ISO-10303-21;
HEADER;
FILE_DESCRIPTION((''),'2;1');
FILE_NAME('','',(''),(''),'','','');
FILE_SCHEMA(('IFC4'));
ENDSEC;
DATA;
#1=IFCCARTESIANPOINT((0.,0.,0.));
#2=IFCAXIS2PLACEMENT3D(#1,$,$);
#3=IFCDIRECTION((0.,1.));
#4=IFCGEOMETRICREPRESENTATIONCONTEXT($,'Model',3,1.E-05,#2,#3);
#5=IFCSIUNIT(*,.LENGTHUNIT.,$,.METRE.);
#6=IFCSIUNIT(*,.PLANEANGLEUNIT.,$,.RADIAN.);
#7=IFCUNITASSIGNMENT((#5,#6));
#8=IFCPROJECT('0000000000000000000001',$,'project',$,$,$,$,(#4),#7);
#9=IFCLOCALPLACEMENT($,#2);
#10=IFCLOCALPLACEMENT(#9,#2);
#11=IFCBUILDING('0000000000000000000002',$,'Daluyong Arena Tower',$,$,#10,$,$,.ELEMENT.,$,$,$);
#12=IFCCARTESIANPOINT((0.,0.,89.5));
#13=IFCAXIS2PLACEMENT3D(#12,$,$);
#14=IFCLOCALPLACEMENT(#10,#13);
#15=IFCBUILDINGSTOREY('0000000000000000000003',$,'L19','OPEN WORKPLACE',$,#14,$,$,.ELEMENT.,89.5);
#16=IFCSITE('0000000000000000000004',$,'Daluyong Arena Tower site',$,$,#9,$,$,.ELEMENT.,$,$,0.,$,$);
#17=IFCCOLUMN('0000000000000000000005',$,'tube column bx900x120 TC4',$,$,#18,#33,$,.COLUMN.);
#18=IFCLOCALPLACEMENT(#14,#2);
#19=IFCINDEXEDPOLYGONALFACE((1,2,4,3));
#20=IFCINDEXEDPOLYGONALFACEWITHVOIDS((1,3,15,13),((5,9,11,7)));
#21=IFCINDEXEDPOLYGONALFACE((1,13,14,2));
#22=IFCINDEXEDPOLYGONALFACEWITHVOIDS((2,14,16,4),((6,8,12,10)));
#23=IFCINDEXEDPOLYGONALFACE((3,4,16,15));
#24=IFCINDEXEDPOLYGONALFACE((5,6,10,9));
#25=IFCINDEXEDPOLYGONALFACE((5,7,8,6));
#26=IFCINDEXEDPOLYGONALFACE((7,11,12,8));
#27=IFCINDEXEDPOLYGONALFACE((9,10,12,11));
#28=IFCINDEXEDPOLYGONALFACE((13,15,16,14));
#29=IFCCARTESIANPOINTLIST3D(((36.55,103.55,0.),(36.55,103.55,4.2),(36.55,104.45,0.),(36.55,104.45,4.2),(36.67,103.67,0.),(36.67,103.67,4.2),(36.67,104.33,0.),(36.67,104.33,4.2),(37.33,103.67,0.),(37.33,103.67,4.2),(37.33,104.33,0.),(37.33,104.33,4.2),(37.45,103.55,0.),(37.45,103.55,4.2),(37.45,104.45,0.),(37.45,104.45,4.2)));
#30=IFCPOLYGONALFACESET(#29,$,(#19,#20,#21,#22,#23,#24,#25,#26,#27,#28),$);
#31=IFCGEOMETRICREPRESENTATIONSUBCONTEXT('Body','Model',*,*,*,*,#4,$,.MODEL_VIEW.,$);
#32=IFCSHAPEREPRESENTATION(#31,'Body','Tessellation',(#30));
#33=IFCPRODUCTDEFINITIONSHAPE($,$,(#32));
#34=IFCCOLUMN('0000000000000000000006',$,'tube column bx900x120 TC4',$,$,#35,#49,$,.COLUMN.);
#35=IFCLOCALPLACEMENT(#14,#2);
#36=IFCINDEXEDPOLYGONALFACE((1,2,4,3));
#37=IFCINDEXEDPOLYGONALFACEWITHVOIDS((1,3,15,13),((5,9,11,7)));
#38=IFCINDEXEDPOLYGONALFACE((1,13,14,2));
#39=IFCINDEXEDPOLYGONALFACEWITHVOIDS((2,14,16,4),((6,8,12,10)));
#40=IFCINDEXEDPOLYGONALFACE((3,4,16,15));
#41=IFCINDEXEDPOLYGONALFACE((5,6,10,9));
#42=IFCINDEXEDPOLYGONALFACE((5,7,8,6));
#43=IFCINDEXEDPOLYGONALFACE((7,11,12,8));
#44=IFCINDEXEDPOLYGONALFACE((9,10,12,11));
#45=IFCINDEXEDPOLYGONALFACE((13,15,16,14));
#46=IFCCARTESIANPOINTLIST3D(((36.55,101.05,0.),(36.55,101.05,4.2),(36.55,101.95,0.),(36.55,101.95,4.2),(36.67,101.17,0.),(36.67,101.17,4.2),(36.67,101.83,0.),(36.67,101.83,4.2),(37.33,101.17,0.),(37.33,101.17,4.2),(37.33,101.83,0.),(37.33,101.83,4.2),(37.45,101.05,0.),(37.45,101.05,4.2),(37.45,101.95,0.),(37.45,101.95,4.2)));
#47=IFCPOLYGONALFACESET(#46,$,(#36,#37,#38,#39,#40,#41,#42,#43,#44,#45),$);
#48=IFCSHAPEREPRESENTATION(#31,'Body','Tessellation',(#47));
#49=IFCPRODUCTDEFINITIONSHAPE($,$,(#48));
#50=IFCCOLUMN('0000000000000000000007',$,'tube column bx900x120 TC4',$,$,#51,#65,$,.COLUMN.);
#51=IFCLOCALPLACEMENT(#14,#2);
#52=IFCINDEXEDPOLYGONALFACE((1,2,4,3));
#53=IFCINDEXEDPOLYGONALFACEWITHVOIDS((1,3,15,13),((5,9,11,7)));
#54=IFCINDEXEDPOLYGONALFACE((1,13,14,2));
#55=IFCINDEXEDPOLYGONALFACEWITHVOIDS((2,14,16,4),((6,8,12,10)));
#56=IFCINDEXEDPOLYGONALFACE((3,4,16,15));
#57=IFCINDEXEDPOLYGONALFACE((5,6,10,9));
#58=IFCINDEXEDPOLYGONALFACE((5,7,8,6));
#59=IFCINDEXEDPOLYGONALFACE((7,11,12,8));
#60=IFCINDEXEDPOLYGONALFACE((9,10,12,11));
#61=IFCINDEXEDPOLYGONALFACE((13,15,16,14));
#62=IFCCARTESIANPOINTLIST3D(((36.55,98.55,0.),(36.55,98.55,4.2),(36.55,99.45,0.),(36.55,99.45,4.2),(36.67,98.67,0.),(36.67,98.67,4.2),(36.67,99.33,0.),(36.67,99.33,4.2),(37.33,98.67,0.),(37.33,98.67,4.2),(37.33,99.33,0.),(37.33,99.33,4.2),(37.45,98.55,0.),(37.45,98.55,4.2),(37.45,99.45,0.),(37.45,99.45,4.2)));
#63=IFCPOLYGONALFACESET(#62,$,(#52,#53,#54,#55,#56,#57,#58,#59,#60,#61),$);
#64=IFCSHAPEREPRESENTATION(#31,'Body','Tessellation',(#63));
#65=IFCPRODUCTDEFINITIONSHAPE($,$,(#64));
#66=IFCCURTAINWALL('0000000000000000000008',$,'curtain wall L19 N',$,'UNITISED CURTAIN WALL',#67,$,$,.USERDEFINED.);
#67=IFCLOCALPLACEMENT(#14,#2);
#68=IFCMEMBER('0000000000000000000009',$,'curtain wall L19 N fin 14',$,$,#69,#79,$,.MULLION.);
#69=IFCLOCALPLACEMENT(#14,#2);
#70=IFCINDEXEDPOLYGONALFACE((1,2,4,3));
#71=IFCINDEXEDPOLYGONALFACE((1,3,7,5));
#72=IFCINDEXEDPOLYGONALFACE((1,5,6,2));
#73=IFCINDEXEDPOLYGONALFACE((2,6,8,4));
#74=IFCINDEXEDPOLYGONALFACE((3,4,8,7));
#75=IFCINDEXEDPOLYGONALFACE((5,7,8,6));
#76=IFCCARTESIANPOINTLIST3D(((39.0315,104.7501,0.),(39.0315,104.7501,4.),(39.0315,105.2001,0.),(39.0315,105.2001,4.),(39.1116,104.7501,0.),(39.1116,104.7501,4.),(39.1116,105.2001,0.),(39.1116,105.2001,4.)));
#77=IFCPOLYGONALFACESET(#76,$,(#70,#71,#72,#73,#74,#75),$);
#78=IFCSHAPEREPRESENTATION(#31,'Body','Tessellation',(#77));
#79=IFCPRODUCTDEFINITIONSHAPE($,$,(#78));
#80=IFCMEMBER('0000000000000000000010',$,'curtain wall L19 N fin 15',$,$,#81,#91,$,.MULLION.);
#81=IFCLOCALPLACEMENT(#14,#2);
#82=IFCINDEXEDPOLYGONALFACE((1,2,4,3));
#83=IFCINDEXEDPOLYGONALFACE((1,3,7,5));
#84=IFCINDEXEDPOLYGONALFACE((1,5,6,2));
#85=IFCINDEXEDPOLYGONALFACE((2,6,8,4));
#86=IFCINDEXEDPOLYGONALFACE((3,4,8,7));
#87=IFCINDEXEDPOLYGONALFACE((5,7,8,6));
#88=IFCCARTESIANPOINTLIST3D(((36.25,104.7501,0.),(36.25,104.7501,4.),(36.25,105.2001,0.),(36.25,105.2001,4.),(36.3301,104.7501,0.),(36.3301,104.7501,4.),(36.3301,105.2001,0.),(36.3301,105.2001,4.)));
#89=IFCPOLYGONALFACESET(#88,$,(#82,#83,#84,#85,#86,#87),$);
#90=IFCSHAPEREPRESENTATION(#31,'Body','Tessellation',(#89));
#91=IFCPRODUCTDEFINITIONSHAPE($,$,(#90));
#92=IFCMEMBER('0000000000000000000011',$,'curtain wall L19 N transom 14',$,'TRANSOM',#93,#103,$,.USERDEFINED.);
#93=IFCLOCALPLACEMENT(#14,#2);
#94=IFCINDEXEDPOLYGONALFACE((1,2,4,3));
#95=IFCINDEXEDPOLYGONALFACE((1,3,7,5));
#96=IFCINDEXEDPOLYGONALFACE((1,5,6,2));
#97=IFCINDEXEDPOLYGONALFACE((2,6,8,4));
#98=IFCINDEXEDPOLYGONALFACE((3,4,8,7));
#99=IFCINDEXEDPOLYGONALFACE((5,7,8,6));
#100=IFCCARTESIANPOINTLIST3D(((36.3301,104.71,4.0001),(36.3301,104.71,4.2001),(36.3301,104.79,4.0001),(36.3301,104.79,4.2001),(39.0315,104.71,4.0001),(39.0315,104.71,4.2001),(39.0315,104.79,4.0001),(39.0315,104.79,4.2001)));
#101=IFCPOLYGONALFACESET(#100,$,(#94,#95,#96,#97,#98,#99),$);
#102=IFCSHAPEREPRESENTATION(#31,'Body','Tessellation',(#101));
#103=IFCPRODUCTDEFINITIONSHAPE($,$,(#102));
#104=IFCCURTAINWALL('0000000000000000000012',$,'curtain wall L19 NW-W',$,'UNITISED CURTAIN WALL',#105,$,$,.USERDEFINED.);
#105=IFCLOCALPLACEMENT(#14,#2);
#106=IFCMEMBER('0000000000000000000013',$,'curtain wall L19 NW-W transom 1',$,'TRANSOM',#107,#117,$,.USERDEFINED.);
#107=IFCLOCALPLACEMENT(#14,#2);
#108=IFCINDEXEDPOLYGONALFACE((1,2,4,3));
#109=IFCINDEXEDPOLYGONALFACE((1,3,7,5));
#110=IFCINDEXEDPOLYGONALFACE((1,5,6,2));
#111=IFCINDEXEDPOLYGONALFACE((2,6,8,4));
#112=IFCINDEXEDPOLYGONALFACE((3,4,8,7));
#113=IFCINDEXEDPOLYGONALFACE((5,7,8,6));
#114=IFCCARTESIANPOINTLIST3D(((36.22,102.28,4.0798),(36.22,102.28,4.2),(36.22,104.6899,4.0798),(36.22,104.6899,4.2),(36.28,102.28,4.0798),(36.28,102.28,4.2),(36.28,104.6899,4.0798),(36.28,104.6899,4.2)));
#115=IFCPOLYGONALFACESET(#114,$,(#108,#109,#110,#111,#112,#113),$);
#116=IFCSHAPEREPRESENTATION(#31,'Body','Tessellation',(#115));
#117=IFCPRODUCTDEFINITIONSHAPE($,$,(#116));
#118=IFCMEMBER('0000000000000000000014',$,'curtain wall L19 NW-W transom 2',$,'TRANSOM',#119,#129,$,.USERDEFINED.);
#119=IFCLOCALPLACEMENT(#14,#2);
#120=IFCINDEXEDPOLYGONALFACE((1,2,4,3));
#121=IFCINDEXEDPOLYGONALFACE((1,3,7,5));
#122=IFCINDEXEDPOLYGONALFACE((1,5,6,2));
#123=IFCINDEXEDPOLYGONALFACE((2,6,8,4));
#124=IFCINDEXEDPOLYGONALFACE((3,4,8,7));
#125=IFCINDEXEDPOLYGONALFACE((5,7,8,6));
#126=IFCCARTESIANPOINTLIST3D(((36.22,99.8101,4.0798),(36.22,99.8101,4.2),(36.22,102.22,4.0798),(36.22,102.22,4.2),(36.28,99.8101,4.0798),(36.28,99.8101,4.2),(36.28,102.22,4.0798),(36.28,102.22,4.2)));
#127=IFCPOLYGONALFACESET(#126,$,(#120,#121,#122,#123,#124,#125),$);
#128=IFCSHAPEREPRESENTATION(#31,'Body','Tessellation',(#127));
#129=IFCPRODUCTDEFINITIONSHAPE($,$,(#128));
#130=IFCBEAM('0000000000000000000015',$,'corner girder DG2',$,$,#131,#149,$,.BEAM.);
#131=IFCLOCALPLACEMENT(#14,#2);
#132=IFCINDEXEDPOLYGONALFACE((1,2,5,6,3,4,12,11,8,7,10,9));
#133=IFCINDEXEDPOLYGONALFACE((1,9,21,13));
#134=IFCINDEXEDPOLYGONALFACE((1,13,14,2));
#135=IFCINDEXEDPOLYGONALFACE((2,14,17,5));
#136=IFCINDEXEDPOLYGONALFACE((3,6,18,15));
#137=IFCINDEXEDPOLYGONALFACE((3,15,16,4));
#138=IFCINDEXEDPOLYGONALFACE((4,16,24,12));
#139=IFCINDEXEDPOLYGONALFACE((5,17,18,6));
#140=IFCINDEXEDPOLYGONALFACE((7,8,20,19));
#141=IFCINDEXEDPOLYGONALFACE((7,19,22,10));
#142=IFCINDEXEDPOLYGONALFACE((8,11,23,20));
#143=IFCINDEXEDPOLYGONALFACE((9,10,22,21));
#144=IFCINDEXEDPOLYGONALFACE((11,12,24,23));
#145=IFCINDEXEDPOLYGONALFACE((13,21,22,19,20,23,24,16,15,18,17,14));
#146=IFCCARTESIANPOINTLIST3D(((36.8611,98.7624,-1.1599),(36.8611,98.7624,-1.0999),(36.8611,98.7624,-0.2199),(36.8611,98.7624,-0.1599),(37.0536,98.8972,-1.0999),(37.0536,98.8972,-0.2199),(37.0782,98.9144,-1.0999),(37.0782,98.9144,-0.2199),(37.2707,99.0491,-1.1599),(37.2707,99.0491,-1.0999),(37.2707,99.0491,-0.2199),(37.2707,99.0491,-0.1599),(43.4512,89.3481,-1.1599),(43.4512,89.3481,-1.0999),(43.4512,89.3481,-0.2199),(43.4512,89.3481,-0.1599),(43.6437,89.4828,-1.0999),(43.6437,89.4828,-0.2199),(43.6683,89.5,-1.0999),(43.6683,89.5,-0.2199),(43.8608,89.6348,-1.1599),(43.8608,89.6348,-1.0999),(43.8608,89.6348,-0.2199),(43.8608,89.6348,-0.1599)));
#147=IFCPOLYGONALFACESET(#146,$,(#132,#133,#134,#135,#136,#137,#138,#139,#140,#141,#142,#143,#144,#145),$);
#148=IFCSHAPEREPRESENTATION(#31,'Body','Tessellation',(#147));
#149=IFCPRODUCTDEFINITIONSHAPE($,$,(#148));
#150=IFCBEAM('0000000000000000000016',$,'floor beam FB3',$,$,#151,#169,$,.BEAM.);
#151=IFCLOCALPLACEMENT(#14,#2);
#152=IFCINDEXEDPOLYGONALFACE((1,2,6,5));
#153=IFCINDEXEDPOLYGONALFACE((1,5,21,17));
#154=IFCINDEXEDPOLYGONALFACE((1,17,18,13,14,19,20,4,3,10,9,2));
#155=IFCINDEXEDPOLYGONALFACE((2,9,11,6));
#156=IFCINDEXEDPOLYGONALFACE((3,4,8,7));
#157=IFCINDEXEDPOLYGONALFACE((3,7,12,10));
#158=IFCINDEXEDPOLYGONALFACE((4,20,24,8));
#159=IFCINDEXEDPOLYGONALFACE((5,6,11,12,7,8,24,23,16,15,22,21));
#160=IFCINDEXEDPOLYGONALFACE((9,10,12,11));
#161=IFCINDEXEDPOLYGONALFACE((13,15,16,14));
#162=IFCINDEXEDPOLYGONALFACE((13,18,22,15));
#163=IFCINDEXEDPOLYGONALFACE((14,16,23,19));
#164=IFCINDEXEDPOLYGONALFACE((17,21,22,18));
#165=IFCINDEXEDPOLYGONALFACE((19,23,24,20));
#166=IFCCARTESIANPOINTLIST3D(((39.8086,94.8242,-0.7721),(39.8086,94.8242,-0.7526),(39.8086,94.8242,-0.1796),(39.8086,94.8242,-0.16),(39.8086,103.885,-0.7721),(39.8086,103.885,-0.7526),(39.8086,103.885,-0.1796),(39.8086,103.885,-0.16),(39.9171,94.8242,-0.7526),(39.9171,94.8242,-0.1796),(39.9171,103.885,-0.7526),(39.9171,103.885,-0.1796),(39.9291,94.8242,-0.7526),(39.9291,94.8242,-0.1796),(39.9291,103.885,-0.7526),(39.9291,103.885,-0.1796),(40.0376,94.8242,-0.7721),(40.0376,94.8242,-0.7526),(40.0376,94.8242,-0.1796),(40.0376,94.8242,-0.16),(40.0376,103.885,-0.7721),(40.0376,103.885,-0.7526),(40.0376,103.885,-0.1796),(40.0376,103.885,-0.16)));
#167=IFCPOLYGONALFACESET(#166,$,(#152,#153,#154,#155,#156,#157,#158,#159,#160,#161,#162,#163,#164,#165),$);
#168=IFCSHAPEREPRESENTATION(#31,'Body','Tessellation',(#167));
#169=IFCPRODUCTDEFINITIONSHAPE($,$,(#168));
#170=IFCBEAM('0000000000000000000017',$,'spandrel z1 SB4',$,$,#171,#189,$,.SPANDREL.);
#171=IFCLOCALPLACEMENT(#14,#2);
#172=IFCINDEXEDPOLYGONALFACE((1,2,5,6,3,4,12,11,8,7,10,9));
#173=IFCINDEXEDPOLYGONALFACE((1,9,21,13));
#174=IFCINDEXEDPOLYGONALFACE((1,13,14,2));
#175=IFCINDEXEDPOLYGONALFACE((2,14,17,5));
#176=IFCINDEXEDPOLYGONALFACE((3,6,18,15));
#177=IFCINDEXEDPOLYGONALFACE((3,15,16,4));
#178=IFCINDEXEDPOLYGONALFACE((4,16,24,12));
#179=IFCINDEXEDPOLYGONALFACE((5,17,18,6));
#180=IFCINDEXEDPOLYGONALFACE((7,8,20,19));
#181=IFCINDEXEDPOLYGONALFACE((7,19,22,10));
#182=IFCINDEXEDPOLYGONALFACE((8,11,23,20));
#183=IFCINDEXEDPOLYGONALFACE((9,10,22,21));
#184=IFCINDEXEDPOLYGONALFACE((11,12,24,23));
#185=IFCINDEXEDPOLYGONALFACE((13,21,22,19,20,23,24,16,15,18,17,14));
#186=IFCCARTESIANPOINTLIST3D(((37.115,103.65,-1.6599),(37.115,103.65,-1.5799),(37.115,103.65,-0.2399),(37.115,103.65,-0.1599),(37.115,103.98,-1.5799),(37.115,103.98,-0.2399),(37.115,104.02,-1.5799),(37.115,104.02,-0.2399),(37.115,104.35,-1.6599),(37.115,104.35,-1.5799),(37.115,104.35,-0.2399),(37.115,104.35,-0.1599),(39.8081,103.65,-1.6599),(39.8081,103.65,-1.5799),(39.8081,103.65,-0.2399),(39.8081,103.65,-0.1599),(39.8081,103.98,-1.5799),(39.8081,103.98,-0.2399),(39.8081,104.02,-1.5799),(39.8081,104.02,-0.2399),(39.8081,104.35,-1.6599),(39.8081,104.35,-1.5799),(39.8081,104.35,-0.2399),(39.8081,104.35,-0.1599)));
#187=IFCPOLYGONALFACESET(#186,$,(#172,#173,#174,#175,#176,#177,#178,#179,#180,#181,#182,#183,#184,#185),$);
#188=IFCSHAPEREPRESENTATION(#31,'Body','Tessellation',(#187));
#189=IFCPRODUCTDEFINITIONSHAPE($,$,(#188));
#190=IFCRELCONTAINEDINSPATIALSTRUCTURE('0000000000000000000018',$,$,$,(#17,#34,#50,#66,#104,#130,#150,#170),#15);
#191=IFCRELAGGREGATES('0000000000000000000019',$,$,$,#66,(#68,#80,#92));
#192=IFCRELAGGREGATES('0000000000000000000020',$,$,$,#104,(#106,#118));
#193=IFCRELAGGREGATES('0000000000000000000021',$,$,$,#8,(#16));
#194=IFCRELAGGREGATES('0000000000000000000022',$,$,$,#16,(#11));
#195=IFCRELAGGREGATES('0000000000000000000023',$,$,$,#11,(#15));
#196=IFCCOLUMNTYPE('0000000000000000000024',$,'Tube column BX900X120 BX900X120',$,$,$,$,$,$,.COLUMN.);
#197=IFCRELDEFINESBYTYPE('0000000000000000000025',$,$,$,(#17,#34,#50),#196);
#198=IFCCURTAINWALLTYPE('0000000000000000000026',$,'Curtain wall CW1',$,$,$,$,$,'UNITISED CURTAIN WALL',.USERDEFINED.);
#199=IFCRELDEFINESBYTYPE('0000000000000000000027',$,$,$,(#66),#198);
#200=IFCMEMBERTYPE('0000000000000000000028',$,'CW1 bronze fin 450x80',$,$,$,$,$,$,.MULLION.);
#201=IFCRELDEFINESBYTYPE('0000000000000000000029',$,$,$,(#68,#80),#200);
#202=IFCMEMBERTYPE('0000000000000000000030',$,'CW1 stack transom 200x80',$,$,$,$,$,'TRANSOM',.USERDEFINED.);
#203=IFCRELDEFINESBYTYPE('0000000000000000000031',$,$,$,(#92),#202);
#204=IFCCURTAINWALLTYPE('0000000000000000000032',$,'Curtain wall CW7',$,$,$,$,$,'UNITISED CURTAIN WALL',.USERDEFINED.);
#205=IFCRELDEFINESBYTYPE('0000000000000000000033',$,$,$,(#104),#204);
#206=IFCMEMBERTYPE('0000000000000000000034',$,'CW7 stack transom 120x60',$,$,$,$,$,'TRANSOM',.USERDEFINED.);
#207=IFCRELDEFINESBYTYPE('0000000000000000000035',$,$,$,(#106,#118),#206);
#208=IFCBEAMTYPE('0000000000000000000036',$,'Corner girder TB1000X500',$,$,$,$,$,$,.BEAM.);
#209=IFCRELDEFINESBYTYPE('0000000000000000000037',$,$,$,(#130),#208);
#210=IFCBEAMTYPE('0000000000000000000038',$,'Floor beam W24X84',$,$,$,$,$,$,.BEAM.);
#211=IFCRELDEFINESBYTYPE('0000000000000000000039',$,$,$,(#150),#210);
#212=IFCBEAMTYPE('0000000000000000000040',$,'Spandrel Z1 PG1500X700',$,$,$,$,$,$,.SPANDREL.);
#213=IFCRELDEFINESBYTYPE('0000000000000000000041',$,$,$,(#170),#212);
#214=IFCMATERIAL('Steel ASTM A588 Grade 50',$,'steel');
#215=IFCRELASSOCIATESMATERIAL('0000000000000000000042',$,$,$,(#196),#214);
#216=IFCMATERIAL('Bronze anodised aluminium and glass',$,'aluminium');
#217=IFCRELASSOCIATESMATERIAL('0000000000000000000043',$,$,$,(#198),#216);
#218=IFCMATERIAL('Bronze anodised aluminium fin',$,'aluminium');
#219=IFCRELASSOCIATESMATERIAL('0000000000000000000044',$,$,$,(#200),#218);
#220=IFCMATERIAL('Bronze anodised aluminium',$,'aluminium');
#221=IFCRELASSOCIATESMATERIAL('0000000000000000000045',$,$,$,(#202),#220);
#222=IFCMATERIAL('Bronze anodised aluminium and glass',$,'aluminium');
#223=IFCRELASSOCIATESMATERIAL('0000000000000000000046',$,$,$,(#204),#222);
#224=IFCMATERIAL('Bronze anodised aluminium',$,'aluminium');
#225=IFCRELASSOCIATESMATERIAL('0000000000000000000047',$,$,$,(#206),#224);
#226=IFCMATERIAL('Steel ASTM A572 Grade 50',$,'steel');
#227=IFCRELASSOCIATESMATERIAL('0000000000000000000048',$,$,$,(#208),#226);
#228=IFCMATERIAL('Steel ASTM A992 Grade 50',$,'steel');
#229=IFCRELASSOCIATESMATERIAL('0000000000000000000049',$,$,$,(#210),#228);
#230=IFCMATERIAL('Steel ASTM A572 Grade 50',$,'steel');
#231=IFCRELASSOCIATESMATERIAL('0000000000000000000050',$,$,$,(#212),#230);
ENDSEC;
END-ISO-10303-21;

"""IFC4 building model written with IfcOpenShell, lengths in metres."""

from ifc_helpers import new_model, si_unit, direction, frame, origin, origin_2d, place, context, subcontext, project, spatial, rectangle, hollow_rectangle, i_section, extrude, material, material_profile, profile_set, type_object, element, aggregate, save


model = new_model("IFC4")

# Units and contexts
model_context = context("Model", 3, precision=1e-05, world=origin(), true_north=direction((0.0, 1.0)))
body_context = subcontext(model_context, "Body", "Model", "MODEL_VIEW")
ifc_project = project(units=[si_unit("LENGTHUNIT", "METRE"), si_unit("PLANEANGLEUNIT", "RADIAN")], contexts=[model_context])

# Site, building, storey
site_placement = place(None, origin())
site = spatial("IfcSite", under=ifc_project, at=site_placement, Name="Daluyong Arena Tower site", CompositionType="ELEMENT", RefElevation=0.0)
building_placement = place(site_placement, origin())
building = spatial("IfcBuilding", under=site, at=building_placement, Name="Daluyong Arena Tower", CompositionType="ELEMENT")
storey_placement = place(building_placement, frame((0.0, 0.0, 89.5)))
storey = spatial("IfcBuildingStorey", under=building, at=storey_placement, Name="L19", Description="OPEN WORKPLACE", CompositionType="ELEMENT", Elevation=89.5)

# Columns
ifc_material_1 = material(Name="Steel ASTM A588 Grade 50", Category="steel")
ifc_material_profile_1 = material_profile(ifc_material_1, hollow_rectangle(XDim=0.8999, YDim=0.8999, WallThickness=0.12, at=origin_2d()))
ifc_profile_set_1 = profile_set([ifc_material_profile_1], Name="Steel ASTM A588 Grade 50")
column_type = type_object("IfcColumnType", Name="Tube column BX900X120 BX900X120", PredefinedType="COLUMN", material=ifc_profile_set_1)
for number, where, z_axis, x_axis, name in (
    (1, (37.0, 104.0, 0.0), (0.0, 0.0, 1.0), (0.0, 1.0, 0.0), "tube column bx900x120 TC4"),
    (2, (37.0, 101.5, 0.0), (0.0, 0.0, 1.0), (0.0, 1.0, 0.0), "tube column bx900x120 TC4"),
    (3, (37.0, 99.0, 0.0), (0.0, 0.0, 1.0), (1.0, 0.0, 0.0), "tube column bx900x120 TC4"),
):
    element("IfcColumn", number, at=place(storey_placement, frame(where, z_axis=z_axis, x_axis=x_axis)), inside=storey, type_object=column_type, Name=name, PredefinedType="COLUMN", context=body_context, shape_type="SweptSolid", body=[
        extrude(hollow_rectangle(XDim=0.8999, YDim=0.8999, WallThickness=0.12, at=origin_2d()), origin(), (0.0, 0.0, 1.0), 4.2),
    ])

# Curtain walls, members
ifc_material_2 = material(Name="Bronze anodised aluminium and glass", Category="aluminium")
curtain_wall_type_1 = type_object("IfcCurtainWallType", Name="Curtain wall CW1", ElementType="UNITISED CURTAIN WALL", PredefinedType="USERDEFINED", material=ifc_material_2)
curtain_wall_1_placement = place(storey_placement, origin())
curtain_wall_1 = element("IfcCurtainWall", 4, at=curtain_wall_1_placement, inside=storey, type_object=curtain_wall_type_1, Name="curtain wall L19 N", ObjectType="UNITISED CURTAIN WALL", PredefinedType="USERDEFINED")
ifc_material_3 = material(Name="Bronze anodised aluminium fin", Category="aluminium")
ifc_material_profile_2 = material_profile(ifc_material_3, rectangle(XDim=0.45, YDim=0.0801, at=origin_2d()))
ifc_profile_set_2 = profile_set([ifc_material_profile_2], Name="Bronze anodised aluminium fin")
member_type_1 = type_object("IfcMemberType", Name="CW1 bronze fin 450x80", PredefinedType="MULLION", material=ifc_profile_set_2)
member_1_placement = place(storey_placement, frame((39.0715, 104.9751, 0.0), z_axis=(0.0, 0.0, 1.0), x_axis=(0.0, -1.0, 0.0)))
member_1 = element("IfcMember", 5, at=member_1_placement, type_object=member_type_1, Name="curtain wall L19 N fin 14", PredefinedType="MULLION", context=body_context, shape_type="SweptSolid", body=[
    extrude(rectangle(XDim=0.45, YDim=0.0801, at=origin_2d()), origin(), (0.0, 0.0, 1.0), 4.0),
])
member_2_placement = place(storey_placement, frame((36.29, 104.9751, 0.0), z_axis=(0.0, 0.0, 1.0), x_axis=(0.0, -1.0, 0.0)))
member_2 = element("IfcMember", 6, at=member_2_placement, type_object=member_type_1, Name="curtain wall L19 N fin 15", PredefinedType="MULLION", context=body_context, shape_type="SweptSolid", body=[
    extrude(rectangle(XDim=0.45, YDim=0.0801, at=origin_2d()), origin(), (0.0, 0.0, 1.0), 4.0),
])
ifc_material_4 = material(Name="Bronze anodised aluminium", Category="aluminium")
ifc_material_profile_3 = material_profile(ifc_material_4, rectangle(XDim=0.0801, YDim=0.2, at=origin_2d()))
ifc_profile_set_3 = profile_set([ifc_material_profile_3], Name="Bronze anodised aluminium")
member_type_2 = type_object("IfcMemberType", Name="CW1 stack transom 200x80", ElementType="TRANSOM", PredefinedType="USERDEFINED", material=ifc_profile_set_3)
member_3_placement = place(storey_placement, frame((39.0315, 104.75, 4.1001), z_axis=(-1.0, 0.0, 0.0), x_axis=(0.0, -1.0, 0.0)))
member_3 = element("IfcMember", 7, at=member_3_placement, type_object=member_type_2, Name="curtain wall L19 N transom 14", ObjectType="TRANSOM", PredefinedType="USERDEFINED", context=body_context, shape_type="SweptSolid", body=[
    extrude(rectangle(XDim=0.0801, YDim=0.2, at=origin_2d()), origin(), (0.0, 0.0, 1.0), 2.7014),
])
ifc_material_5 = material(Name="Bronze anodised aluminium and glass", Category="aluminium")
curtain_wall_type_2 = type_object("IfcCurtainWallType", Name="Curtain wall CW7", ElementType="UNITISED CURTAIN WALL", PredefinedType="USERDEFINED", material=ifc_material_5)
curtain_wall_2_placement = place(storey_placement, origin())
curtain_wall_2 = element("IfcCurtainWall", 8, at=curtain_wall_2_placement, inside=storey, type_object=curtain_wall_type_2, Name="curtain wall L19 NW-W", ObjectType="UNITISED CURTAIN WALL", PredefinedType="USERDEFINED")
ifc_material_6 = material(Name="Bronze anodised aluminium", Category="aluminium")
ifc_material_profile_4 = material_profile(ifc_material_6, rectangle(XDim=0.0601, YDim=0.1201, at=origin_2d()))
ifc_profile_set_4 = profile_set([ifc_material_profile_4], Name="Bronze anodised aluminium")
member_type_3 = type_object("IfcMemberType", Name="CW7 stack transom 120x60", ElementType="TRANSOM", PredefinedType="USERDEFINED", material=ifc_profile_set_4)
member_4_placement = place(storey_placement, frame((36.25, 104.6899, 4.1399), z_axis=(0.0, -1.0, 0.0), x_axis=(1.0, 0.0, 0.0)))
member_4 = element("IfcMember", 9, at=member_4_placement, type_object=member_type_3, Name="curtain wall L19 NW-W transom 1", ObjectType="TRANSOM", PredefinedType="USERDEFINED", context=body_context, shape_type="SweptSolid", body=[
    extrude(rectangle(XDim=0.0601, YDim=0.1201, at=origin_2d()), origin(), (0.0, 0.0, 1.0), 2.4099),
])
member_5_placement = place(storey_placement, frame((36.25, 102.22, 4.1399), z_axis=(0.0, -1.0, 0.0), x_axis=(1.0, 0.0, 0.0)))
member_5 = element("IfcMember", 10, at=member_5_placement, type_object=member_type_3, Name="curtain wall L19 NW-W transom 2", ObjectType="TRANSOM", PredefinedType="USERDEFINED", context=body_context, shape_type="SweptSolid", body=[
    extrude(rectangle(XDim=0.0601, YDim=0.1201, at=origin_2d()), origin(), (0.0, 0.0, 1.0), 2.4099),
])

# Beams
ifc_material_7 = material(Name="Steel ASTM A572 Grade 50", Category="steel")
ifc_material_profile_5 = material_profile(ifc_material_7, i_section(OverallWidth=0.5, OverallDepth=1.0, WebThickness=0.03, FlangeThickness=0.06, at=origin_2d()))
ifc_profile_set_5 = profile_set([ifc_material_profile_5], Name="Steel ASTM A572 Grade 50")
beam_type_1 = type_object("IfcBeamType", Name="Corner girder TB1000X500", PredefinedType="BEAM", material=ifc_profile_set_5)
beam_1_placement = place(storey_placement, frame((37.0659, 98.9058, -0.6599), z_axis=(0.573467, -0.819229, 0.0), x_axis=(0.819229, 0.573467, 0.0)))
element("IfcBeam", 11, at=beam_1_placement, inside=storey, type_object=beam_type_1, Name="corner girder DG2", PredefinedType="BEAM", context=body_context, shape_type="SweptSolid", body=[
    extrude(i_section(OverallWidth=0.5, OverallDepth=1.0, WebThickness=0.03, FlangeThickness=0.06, at=origin_2d()), origin(), (0.0, 0.0, 1.0), 11.4917),
])
ifc_material_8 = material(Name="Steel ASTM A992 Grade 50", Category="steel")
ifc_material_profile_6 = material_profile(ifc_material_8, i_section(OverallWidth=0.229, OverallDepth=0.6121, WebThickness=0.012, FlangeThickness=0.0195, at=origin_2d()))
ifc_profile_set_6 = profile_set([ifc_material_profile_6], Name="Steel ASTM A992 Grade 50")
beam_type_2 = type_object("IfcBeamType", Name="Floor beam W24X84", PredefinedType="BEAM", material=ifc_profile_set_6)
beam_2_placement = place(storey_placement, frame((39.9231, 103.885, -0.4661), z_axis=(0.0, -1.0, 0.0), x_axis=(1.0, 0.0, 0.0)))
element("IfcBeam", 12, at=beam_2_placement, inside=storey, type_object=beam_type_2, Name="floor beam FB3", PredefinedType="BEAM", context=body_context, shape_type="SweptSolid", body=[
    extrude(i_section(OverallWidth=0.229, OverallDepth=0.6121, WebThickness=0.012, FlangeThickness=0.0195, at=origin_2d()), origin(), (0.0, 0.0, 1.0), 9.0608),
])
ifc_material_9 = material(Name="Steel ASTM A572 Grade 50", Category="steel")
ifc_material_profile_7 = material_profile(ifc_material_9, i_section(OverallWidth=0.7, OverallDepth=1.5, WebThickness=0.04, FlangeThickness=0.08, at=origin_2d()))
ifc_profile_set_7 = profile_set([ifc_material_profile_7], Name="Steel ASTM A572 Grade 50")
beam_type_3 = type_object("IfcBeamType", Name="Spandrel Z1 PG1500X700", PredefinedType="SPANDREL", material=ifc_profile_set_7)
beam_3_placement = place(storey_placement, frame((39.8081, 104.0, -0.9099), z_axis=(-1.0, 0.0, 0.0), x_axis=(0.0, -1.0, 0.0)))
element("IfcBeam", 13, at=beam_3_placement, inside=storey, type_object=beam_type_3, Name="spandrel z1 SB4", PredefinedType="SPANDREL", context=body_context, shape_type="SweptSolid", body=[
    extrude(i_section(OverallWidth=0.7, OverallDepth=1.5, WebThickness=0.04, FlangeThickness=0.08, at=origin_2d()), origin(), (0.0, 0.0, 1.0), 2.6931),
])

aggregate(curtain_wall_1, [member_1, member_2, member_3])
aggregate(curtain_wall_2, [member_4, member_5])

save(model, "model.ifc")
